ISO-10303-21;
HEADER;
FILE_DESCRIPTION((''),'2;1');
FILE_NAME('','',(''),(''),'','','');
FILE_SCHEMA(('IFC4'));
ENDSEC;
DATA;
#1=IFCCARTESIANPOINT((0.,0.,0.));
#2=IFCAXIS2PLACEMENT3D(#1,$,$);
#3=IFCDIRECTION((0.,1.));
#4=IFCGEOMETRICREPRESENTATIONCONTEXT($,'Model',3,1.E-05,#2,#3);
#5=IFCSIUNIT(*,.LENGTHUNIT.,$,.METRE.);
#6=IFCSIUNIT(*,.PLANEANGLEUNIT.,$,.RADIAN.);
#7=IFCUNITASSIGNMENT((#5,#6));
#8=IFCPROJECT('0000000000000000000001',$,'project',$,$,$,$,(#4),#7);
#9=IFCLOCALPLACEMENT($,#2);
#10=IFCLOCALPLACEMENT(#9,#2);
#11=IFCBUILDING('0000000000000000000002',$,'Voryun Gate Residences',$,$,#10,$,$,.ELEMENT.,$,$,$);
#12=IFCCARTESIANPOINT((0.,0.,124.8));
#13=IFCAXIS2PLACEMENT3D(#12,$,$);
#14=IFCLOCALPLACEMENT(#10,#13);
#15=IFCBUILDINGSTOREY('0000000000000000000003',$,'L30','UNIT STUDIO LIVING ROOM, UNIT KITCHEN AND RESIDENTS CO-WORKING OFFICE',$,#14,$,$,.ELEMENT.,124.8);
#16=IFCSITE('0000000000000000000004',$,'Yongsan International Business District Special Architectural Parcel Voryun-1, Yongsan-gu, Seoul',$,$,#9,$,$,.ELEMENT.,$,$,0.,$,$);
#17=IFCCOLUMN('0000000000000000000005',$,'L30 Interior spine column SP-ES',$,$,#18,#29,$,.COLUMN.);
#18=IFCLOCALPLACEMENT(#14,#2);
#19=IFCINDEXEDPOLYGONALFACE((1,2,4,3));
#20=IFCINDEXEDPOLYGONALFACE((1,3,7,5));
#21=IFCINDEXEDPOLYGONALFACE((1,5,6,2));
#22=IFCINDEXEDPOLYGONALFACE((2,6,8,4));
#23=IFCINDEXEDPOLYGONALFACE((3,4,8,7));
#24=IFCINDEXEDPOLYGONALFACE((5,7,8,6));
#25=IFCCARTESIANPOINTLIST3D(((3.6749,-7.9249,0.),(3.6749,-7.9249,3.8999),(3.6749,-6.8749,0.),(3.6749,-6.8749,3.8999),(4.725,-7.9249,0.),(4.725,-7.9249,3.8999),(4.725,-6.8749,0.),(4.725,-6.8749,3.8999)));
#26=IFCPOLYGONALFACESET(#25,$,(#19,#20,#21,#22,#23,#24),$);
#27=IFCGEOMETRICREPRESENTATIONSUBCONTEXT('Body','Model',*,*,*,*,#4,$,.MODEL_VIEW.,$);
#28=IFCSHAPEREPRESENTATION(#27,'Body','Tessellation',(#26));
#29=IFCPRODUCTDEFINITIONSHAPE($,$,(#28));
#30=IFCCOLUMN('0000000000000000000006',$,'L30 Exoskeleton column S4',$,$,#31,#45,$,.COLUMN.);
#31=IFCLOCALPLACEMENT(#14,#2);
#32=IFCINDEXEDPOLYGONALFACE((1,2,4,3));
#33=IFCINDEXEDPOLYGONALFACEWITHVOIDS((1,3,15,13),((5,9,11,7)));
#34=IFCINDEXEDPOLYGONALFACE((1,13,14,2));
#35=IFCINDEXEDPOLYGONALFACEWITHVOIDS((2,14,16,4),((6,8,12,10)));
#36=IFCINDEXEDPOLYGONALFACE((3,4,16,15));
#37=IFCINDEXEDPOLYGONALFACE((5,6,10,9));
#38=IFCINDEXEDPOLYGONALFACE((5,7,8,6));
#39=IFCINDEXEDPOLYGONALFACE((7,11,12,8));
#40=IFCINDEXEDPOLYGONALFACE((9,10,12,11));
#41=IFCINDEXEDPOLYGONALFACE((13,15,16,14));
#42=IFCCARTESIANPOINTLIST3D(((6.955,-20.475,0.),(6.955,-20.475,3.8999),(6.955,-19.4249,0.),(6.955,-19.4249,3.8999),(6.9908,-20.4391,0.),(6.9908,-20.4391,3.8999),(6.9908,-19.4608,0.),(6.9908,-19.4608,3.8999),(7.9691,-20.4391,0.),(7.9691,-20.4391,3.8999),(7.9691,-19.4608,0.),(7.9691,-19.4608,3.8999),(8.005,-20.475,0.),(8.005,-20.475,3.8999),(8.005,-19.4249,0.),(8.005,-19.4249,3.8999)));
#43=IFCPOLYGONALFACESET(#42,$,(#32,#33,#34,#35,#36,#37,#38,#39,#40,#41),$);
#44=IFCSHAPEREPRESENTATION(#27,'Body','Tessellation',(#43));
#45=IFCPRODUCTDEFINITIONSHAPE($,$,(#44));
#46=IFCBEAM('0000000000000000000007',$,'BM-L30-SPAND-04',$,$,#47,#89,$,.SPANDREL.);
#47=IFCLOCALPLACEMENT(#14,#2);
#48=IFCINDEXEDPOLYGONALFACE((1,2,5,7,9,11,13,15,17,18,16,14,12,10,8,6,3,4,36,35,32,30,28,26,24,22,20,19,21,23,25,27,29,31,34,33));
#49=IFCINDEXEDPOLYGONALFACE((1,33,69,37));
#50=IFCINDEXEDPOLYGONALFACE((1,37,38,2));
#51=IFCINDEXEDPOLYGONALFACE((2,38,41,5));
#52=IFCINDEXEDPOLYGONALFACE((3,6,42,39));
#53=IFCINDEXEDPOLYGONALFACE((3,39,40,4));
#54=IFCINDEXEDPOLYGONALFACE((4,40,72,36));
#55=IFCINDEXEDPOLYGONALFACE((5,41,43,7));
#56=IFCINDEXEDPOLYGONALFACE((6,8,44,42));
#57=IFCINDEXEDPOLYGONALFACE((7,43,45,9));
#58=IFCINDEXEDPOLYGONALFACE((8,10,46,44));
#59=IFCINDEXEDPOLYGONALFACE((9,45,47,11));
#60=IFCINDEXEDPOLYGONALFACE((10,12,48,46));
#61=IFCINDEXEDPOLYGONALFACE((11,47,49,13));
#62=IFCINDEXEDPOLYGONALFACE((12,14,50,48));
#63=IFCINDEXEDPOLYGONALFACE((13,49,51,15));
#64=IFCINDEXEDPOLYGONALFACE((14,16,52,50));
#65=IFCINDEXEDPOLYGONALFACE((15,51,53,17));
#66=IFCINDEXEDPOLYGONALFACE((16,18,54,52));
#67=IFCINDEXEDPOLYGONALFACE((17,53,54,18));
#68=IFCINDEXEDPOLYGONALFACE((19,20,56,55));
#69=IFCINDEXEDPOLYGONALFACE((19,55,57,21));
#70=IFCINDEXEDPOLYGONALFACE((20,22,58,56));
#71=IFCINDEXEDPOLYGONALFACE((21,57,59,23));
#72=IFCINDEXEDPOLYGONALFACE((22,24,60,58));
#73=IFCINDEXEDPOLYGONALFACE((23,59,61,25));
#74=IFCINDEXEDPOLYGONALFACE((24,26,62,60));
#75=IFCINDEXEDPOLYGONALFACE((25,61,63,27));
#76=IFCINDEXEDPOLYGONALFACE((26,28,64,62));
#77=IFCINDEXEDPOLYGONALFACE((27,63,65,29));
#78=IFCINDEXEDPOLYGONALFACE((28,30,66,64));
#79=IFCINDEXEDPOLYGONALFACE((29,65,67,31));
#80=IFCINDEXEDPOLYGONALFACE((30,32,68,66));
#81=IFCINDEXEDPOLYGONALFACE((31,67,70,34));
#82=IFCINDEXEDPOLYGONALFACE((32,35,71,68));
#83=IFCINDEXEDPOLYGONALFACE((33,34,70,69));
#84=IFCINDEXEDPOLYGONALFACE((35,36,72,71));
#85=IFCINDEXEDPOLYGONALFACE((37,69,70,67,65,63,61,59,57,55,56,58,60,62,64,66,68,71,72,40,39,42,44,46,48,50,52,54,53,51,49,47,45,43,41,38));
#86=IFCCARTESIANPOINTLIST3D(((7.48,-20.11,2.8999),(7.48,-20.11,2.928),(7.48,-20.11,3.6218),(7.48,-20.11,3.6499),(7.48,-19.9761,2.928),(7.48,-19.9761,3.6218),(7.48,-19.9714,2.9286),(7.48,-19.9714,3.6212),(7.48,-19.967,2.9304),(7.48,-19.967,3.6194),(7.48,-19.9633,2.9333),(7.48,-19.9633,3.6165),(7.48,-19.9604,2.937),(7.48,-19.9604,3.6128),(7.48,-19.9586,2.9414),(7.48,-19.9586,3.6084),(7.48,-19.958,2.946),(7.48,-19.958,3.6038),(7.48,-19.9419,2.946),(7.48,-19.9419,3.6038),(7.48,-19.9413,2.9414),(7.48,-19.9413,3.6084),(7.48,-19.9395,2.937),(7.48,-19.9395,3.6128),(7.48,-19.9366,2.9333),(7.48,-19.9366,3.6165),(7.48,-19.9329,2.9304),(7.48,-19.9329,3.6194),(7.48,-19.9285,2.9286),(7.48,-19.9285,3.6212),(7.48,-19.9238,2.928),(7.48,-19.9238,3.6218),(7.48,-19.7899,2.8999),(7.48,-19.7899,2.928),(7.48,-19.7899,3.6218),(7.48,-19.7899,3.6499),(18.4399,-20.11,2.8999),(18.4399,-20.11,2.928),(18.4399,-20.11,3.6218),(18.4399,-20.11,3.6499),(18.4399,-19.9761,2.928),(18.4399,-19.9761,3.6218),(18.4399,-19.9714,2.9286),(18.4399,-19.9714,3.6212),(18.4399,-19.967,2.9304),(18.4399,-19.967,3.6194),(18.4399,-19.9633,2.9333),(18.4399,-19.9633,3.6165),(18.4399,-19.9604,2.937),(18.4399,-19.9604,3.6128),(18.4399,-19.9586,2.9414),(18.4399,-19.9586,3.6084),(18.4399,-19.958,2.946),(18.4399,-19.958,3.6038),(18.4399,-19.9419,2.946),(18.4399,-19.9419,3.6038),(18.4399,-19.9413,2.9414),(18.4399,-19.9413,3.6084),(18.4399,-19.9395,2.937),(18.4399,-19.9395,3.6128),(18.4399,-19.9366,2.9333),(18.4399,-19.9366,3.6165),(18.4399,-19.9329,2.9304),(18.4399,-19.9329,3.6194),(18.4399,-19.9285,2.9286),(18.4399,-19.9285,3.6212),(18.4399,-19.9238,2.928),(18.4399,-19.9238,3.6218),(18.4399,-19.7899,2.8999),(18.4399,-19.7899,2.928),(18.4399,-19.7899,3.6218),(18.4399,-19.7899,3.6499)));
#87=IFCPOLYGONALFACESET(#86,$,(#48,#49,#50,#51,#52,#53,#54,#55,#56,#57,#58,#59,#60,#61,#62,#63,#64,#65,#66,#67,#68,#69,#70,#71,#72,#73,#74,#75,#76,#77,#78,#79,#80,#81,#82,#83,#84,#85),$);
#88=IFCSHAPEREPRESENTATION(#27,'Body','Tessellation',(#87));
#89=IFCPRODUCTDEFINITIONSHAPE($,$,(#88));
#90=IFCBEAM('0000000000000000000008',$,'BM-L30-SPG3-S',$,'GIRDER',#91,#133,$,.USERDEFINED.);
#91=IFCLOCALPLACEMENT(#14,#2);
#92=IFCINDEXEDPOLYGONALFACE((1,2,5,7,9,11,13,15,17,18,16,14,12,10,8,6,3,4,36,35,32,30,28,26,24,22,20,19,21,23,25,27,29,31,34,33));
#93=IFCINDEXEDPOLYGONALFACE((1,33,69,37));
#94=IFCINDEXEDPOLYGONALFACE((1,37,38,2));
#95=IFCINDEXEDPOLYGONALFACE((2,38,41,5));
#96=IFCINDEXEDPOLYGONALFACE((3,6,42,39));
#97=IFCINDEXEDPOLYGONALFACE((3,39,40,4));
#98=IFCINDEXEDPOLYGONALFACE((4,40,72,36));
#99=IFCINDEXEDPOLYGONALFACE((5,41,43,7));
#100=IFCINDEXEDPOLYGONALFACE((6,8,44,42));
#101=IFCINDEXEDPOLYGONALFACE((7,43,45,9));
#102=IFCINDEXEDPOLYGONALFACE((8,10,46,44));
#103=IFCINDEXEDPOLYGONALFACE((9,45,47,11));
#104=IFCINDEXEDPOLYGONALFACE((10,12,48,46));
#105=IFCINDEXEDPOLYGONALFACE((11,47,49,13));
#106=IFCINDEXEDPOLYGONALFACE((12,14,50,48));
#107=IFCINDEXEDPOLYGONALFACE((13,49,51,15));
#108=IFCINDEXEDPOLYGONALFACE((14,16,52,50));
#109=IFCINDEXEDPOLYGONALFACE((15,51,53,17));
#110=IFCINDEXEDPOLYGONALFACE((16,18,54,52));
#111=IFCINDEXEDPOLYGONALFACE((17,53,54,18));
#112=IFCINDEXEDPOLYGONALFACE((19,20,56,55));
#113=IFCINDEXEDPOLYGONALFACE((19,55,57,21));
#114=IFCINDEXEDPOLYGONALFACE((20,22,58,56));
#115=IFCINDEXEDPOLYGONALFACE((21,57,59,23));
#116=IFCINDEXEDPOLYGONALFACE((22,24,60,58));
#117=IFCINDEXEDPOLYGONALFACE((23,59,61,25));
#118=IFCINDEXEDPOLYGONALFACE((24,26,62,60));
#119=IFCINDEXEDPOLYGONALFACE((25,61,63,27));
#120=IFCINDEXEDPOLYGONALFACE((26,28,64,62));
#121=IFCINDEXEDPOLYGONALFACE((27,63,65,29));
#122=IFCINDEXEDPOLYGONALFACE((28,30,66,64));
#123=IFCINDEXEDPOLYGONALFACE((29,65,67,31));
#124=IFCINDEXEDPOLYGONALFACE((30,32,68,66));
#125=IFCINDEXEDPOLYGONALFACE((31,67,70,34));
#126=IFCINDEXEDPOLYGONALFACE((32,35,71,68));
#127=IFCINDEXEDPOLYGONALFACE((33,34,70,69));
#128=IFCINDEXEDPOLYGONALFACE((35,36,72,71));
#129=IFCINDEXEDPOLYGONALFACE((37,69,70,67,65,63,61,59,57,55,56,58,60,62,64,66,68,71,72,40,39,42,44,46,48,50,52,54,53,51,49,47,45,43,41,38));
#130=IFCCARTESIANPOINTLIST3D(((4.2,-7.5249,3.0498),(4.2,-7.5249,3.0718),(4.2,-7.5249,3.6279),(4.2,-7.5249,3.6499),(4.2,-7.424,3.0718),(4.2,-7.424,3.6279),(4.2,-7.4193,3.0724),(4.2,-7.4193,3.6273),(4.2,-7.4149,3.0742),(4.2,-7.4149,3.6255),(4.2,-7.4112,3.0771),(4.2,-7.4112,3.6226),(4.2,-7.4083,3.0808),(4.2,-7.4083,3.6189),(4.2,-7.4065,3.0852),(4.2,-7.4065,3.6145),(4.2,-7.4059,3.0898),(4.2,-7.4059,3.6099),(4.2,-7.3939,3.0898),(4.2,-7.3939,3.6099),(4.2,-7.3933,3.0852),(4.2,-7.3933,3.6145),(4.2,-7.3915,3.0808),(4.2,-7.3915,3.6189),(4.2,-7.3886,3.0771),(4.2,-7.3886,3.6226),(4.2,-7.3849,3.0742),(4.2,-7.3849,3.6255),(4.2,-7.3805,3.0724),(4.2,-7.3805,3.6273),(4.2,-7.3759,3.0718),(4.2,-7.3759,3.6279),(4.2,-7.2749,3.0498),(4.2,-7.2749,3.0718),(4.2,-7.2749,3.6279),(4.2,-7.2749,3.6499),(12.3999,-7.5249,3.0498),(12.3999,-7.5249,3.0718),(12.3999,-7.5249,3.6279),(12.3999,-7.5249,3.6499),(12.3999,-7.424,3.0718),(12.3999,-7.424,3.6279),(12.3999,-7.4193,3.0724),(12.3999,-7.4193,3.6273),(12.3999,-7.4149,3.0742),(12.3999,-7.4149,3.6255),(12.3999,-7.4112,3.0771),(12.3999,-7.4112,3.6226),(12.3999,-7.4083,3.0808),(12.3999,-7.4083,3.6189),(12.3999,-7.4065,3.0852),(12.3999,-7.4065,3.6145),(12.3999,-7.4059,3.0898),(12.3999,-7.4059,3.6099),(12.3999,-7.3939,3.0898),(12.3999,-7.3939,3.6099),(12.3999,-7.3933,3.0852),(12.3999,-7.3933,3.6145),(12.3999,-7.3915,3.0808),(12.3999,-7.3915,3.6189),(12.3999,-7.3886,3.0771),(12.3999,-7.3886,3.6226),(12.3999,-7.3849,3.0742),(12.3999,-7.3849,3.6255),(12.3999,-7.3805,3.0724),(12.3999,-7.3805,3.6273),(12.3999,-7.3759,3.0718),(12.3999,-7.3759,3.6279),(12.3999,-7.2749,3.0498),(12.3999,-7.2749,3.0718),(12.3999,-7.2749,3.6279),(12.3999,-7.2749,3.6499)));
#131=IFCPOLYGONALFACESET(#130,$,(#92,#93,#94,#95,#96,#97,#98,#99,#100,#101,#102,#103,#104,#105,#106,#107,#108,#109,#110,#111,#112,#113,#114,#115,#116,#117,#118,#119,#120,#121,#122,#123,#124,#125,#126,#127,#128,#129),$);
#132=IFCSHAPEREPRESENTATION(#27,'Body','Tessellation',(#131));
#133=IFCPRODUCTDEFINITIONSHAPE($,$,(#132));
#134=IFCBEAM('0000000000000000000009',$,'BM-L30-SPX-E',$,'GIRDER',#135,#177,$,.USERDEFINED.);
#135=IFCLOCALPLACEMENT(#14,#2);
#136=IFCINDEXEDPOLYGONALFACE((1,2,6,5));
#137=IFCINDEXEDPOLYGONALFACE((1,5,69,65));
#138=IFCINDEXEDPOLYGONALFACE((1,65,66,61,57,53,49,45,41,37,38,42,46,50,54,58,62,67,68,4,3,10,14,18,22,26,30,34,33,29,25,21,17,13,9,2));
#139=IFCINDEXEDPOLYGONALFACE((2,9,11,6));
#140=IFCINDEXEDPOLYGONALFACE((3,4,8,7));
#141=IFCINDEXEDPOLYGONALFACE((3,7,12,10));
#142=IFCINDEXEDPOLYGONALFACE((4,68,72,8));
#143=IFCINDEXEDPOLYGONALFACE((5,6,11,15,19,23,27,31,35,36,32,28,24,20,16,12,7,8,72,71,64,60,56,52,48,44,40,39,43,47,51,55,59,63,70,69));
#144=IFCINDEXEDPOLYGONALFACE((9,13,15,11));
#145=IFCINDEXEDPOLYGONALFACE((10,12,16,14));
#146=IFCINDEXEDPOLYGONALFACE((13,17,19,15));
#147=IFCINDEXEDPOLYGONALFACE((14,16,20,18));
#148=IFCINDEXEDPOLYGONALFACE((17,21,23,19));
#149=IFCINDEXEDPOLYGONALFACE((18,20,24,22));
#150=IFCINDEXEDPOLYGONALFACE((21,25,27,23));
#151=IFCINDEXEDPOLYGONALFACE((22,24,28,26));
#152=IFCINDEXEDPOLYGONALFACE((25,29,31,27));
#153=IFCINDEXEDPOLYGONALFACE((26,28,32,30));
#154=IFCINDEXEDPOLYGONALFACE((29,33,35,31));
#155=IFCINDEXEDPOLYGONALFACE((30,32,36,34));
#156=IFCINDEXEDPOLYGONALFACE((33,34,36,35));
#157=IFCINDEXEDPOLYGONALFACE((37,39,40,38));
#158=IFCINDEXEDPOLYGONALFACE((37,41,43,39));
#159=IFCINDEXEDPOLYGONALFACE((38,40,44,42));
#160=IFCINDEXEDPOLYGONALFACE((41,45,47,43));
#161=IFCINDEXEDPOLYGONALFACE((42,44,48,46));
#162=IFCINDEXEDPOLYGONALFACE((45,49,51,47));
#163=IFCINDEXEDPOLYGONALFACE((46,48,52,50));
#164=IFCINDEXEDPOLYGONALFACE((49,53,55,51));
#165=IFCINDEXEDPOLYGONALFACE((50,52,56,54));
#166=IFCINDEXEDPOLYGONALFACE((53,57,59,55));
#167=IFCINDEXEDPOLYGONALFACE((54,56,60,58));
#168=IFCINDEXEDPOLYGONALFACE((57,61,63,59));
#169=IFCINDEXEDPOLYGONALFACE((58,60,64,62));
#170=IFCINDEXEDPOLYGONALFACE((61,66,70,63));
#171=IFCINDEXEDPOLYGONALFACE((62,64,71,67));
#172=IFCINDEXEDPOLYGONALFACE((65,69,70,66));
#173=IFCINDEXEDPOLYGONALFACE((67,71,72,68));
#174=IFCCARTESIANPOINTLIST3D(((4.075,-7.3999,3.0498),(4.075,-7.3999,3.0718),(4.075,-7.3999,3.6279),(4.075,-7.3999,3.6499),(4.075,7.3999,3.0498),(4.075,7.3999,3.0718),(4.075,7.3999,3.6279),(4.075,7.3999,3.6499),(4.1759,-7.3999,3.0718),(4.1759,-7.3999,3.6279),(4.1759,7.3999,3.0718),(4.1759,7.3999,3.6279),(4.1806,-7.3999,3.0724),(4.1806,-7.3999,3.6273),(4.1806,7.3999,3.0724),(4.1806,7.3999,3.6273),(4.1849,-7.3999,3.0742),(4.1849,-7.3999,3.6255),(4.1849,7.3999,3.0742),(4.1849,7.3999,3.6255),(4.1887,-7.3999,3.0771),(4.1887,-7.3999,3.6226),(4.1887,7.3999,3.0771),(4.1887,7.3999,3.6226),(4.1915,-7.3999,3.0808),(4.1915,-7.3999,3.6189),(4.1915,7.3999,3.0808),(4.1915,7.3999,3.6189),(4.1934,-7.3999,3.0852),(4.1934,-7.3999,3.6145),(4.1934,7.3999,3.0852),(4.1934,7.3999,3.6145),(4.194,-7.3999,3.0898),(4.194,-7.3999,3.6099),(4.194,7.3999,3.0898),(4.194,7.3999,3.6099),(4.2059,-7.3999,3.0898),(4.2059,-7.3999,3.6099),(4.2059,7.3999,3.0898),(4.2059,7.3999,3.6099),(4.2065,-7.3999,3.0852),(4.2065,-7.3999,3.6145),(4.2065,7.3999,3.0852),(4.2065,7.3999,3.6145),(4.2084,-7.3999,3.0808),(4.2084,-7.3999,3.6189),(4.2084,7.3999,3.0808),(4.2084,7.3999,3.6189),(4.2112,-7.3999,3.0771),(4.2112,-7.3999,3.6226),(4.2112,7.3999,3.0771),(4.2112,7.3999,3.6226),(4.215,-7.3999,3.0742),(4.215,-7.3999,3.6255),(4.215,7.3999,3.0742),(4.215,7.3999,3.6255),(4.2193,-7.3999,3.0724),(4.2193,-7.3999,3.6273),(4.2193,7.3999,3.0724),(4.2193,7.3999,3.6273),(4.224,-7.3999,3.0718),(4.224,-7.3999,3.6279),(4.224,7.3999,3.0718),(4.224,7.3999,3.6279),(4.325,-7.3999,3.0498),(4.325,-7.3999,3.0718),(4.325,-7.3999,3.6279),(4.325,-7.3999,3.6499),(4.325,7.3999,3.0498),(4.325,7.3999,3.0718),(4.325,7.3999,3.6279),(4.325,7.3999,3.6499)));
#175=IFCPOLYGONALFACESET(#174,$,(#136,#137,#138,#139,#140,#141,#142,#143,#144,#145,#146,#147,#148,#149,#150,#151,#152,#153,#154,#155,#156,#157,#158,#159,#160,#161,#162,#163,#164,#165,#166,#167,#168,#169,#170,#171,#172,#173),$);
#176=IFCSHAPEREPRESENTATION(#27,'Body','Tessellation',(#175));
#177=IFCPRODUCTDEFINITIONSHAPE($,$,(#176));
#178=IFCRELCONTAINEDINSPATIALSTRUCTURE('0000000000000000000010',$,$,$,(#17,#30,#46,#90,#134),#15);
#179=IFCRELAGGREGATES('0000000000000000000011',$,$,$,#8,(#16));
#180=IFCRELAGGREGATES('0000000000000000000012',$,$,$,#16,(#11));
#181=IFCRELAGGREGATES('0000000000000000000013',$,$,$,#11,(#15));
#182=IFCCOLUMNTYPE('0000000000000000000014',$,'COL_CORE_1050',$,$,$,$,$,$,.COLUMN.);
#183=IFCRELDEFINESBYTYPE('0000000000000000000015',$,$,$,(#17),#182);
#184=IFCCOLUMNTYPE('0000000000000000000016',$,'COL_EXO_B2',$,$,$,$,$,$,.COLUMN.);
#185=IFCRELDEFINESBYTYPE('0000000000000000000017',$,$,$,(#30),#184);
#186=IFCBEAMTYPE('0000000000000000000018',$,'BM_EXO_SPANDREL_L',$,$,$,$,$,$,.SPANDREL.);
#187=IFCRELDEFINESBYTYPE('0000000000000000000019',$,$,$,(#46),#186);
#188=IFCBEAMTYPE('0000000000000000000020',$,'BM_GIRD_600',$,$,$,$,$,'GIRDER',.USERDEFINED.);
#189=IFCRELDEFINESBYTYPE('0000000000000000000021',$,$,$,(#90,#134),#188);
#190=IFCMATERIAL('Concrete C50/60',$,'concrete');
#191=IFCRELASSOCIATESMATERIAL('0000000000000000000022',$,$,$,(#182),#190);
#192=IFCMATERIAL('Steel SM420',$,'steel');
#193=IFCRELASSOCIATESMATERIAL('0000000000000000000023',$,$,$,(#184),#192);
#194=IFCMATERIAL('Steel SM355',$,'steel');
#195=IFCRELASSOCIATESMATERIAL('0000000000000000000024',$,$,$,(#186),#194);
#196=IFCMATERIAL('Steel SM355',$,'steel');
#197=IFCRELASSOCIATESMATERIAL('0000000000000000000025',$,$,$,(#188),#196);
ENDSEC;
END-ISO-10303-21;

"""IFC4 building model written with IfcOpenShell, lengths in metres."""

from ifc_helpers import new_model, si_unit, direction, frame, origin, origin_2d, place, context, subcontext, project, spatial, rectangle, hollow_rectangle, i_section, extrude, material, material_profile, profile_set, type_object, element, save


model = new_model("IFC4")

# Units and contexts
model_context = context("Model", 3, precision=1e-05, world=origin(), true_north=direction((0.0, 1.0)))
body_context = subcontext(model_context, "Body", "Model", "MODEL_VIEW")
ifc_project = project(units=[si_unit("LENGTHUNIT", "METRE"), si_unit("PLANEANGLEUNIT", "RADIAN")], contexts=[model_context])

# Site, building, storey
site_placement = place(None, origin())
site = spatial("IfcSite", under=ifc_project, at=site_placement, Name="Yongsan International Business District Special Architectural Parcel Voryun-1, Yongsan-gu, Seoul", CompositionType="ELEMENT", RefElevation=0.0)
building_placement = place(site_placement, origin())
building = spatial("IfcBuilding", under=site, at=building_placement, Name="Voryun Gate Residences", CompositionType="ELEMENT")
storey_placement = place(building_placement, frame((0.0, 0.0, 124.8)))
storey = spatial("IfcBuildingStorey", under=building, at=storey_placement, Name="L30", Description="UNIT STUDIO LIVING ROOM, UNIT KITCHEN AND RESIDENTS CO-WORKING OFFICE", CompositionType="ELEMENT", Elevation=124.8)

# Columns
ifc_material_1 = material(Name="Concrete C50/60", Category="concrete")
ifc_material_profile_1 = material_profile(ifc_material_1, rectangle(XDim=1.05, YDim=1.05, at=origin_2d()), Name="RC-1050x1050")
ifc_profile_set_1 = profile_set([ifc_material_profile_1], Name="Concrete C50/60")
column_type_1 = type_object("IfcColumnType", Name="COL_CORE_1050", PredefinedType="COLUMN", material=ifc_profile_set_1)
column_1_placement = place(storey_placement, frame((4.2, -7.3999, 0.0), z_axis=(0.0, 0.0, 1.0), x_axis=(1.0, 0.0, 0.0)))
element("IfcColumn", 1, at=column_1_placement, inside=storey, type_object=column_type_1, Name="L30 Interior spine column SP-ES", PredefinedType="COLUMN", context=body_context, shape_type="SweptSolid", body=[
    extrude(rectangle(XDim=1.05, YDim=1.05, at=origin_2d()), origin(), (0.0, 0.0, 1.0), 3.8999),
])
ifc_material_2 = material(Name="Steel SM420", Category="steel")
ifc_material_profile_2 = material_profile(ifc_material_2, hollow_rectangle(XDim=1.05, YDim=1.05, WallThickness=0.0359, at=origin_2d()), Name="BOX-1050x1050x36")
ifc_profile_set_2 = profile_set([ifc_material_profile_2], Name="Steel SM420")
column_type_2 = type_object("IfcColumnType", Name="COL_EXO_B2", PredefinedType="COLUMN", material=ifc_profile_set_2)
column_2_placement = place(storey_placement, frame((7.48, -19.95, 0.0), z_axis=(0.0, 0.0, 1.0), x_axis=(1.0, 0.0, 0.0)))
element("IfcColumn", 2, at=column_2_placement, inside=storey, type_object=column_type_2, Name="L30 Exoskeleton column S4", PredefinedType="COLUMN", context=body_context, shape_type="SweptSolid", body=[
    extrude(hollow_rectangle(XDim=1.05, YDim=1.05, WallThickness=0.0359, at=origin_2d()), origin(), (0.0, 0.0, 1.0), 3.8999),
])

# Beams
ifc_material_3 = material(Name="Steel SM355", Category="steel")
ifc_material_profile_3 = material_profile(ifc_material_3, i_section(OverallWidth=0.3201, OverallDepth=0.75, WebThickness=0.0161, FlangeThickness=0.0281, FilletRadius=0.0181, at=origin_2d()), Name="H-750x320x16x28")
ifc_profile_set_3 = profile_set([ifc_material_profile_3], Name="Steel SM355")
beam_type_1 = type_object("IfcBeamType", Name="BM_EXO_SPANDREL_L", PredefinedType="SPANDREL", material=ifc_profile_set_3)
beam_1_placement = place(storey_placement, frame((7.48, -19.95, 3.2749), z_axis=(1.0, 0.0, 0.0), x_axis=(0.0, 1.0, 0.0)))
element("IfcBeam", 3, at=beam_1_placement, inside=storey, type_object=beam_type_1, Name="BM-L30-SPAND-04", PredefinedType="SPANDREL", context=body_context, shape_type="SweptSolid", body=[
    extrude(i_section(OverallWidth=0.3201, OverallDepth=0.75, WebThickness=0.0161, FlangeThickness=0.0281, FilletRadius=0.0181, at=origin_2d()), origin(), (0.0, 0.0, 1.0), 10.96),
])
ifc_material_4 = material(Name="Steel SM355", Category="steel")
ifc_material_profile_4 = material_profile(ifc_material_4, i_section(OverallWidth=0.25, OverallDepth=0.6001, WebThickness=0.012, FlangeThickness=0.022, FilletRadius=0.0181, at=origin_2d()), Name="H-600x250x12x22")
ifc_profile_set_4 = profile_set([ifc_material_profile_4], Name="Steel SM355")
beam_type_2 = type_object("IfcBeamType", Name="BM_GIRD_600", ElementType="GIRDER", PredefinedType="USERDEFINED", material=ifc_profile_set_4)
beam_2_placement = place(storey_placement, frame((4.2, -7.3999, 3.3499), z_axis=(1.0, 0.0, 0.0), x_axis=(0.0, 1.0, 0.0)))
element("IfcBeam", 4, at=beam_2_placement, inside=storey, type_object=beam_type_2, Name="BM-L30-SPG3-S", ObjectType="GIRDER", PredefinedType="USERDEFINED", context=body_context, shape_type="SweptSolid", body=[
    extrude(i_section(OverallWidth=0.25, OverallDepth=0.6001, WebThickness=0.012, FlangeThickness=0.022, FilletRadius=0.0181, at=origin_2d()), origin(), (0.0, 0.0, 1.0), 8.2),
])
beam_3_placement = place(storey_placement, frame((4.2, -7.3999, 3.3499), z_axis=(0.0, 1.0, 0.0), x_axis=(-1.0, 0.0, 0.0)))
element("IfcBeam", 5, at=beam_3_placement, inside=storey, type_object=beam_type_2, Name="BM-L30-SPX-E", ObjectType="GIRDER", PredefinedType="USERDEFINED", context=body_context, shape_type="SweptSolid", body=[
    extrude(i_section(OverallWidth=0.25, OverallDepth=0.6001, WebThickness=0.012, FlangeThickness=0.022, FilletRadius=0.0181, at=origin_2d()), origin(), (0.0, 0.0, 1.0), 14.7998),
])

save(model, "model.ifc")
